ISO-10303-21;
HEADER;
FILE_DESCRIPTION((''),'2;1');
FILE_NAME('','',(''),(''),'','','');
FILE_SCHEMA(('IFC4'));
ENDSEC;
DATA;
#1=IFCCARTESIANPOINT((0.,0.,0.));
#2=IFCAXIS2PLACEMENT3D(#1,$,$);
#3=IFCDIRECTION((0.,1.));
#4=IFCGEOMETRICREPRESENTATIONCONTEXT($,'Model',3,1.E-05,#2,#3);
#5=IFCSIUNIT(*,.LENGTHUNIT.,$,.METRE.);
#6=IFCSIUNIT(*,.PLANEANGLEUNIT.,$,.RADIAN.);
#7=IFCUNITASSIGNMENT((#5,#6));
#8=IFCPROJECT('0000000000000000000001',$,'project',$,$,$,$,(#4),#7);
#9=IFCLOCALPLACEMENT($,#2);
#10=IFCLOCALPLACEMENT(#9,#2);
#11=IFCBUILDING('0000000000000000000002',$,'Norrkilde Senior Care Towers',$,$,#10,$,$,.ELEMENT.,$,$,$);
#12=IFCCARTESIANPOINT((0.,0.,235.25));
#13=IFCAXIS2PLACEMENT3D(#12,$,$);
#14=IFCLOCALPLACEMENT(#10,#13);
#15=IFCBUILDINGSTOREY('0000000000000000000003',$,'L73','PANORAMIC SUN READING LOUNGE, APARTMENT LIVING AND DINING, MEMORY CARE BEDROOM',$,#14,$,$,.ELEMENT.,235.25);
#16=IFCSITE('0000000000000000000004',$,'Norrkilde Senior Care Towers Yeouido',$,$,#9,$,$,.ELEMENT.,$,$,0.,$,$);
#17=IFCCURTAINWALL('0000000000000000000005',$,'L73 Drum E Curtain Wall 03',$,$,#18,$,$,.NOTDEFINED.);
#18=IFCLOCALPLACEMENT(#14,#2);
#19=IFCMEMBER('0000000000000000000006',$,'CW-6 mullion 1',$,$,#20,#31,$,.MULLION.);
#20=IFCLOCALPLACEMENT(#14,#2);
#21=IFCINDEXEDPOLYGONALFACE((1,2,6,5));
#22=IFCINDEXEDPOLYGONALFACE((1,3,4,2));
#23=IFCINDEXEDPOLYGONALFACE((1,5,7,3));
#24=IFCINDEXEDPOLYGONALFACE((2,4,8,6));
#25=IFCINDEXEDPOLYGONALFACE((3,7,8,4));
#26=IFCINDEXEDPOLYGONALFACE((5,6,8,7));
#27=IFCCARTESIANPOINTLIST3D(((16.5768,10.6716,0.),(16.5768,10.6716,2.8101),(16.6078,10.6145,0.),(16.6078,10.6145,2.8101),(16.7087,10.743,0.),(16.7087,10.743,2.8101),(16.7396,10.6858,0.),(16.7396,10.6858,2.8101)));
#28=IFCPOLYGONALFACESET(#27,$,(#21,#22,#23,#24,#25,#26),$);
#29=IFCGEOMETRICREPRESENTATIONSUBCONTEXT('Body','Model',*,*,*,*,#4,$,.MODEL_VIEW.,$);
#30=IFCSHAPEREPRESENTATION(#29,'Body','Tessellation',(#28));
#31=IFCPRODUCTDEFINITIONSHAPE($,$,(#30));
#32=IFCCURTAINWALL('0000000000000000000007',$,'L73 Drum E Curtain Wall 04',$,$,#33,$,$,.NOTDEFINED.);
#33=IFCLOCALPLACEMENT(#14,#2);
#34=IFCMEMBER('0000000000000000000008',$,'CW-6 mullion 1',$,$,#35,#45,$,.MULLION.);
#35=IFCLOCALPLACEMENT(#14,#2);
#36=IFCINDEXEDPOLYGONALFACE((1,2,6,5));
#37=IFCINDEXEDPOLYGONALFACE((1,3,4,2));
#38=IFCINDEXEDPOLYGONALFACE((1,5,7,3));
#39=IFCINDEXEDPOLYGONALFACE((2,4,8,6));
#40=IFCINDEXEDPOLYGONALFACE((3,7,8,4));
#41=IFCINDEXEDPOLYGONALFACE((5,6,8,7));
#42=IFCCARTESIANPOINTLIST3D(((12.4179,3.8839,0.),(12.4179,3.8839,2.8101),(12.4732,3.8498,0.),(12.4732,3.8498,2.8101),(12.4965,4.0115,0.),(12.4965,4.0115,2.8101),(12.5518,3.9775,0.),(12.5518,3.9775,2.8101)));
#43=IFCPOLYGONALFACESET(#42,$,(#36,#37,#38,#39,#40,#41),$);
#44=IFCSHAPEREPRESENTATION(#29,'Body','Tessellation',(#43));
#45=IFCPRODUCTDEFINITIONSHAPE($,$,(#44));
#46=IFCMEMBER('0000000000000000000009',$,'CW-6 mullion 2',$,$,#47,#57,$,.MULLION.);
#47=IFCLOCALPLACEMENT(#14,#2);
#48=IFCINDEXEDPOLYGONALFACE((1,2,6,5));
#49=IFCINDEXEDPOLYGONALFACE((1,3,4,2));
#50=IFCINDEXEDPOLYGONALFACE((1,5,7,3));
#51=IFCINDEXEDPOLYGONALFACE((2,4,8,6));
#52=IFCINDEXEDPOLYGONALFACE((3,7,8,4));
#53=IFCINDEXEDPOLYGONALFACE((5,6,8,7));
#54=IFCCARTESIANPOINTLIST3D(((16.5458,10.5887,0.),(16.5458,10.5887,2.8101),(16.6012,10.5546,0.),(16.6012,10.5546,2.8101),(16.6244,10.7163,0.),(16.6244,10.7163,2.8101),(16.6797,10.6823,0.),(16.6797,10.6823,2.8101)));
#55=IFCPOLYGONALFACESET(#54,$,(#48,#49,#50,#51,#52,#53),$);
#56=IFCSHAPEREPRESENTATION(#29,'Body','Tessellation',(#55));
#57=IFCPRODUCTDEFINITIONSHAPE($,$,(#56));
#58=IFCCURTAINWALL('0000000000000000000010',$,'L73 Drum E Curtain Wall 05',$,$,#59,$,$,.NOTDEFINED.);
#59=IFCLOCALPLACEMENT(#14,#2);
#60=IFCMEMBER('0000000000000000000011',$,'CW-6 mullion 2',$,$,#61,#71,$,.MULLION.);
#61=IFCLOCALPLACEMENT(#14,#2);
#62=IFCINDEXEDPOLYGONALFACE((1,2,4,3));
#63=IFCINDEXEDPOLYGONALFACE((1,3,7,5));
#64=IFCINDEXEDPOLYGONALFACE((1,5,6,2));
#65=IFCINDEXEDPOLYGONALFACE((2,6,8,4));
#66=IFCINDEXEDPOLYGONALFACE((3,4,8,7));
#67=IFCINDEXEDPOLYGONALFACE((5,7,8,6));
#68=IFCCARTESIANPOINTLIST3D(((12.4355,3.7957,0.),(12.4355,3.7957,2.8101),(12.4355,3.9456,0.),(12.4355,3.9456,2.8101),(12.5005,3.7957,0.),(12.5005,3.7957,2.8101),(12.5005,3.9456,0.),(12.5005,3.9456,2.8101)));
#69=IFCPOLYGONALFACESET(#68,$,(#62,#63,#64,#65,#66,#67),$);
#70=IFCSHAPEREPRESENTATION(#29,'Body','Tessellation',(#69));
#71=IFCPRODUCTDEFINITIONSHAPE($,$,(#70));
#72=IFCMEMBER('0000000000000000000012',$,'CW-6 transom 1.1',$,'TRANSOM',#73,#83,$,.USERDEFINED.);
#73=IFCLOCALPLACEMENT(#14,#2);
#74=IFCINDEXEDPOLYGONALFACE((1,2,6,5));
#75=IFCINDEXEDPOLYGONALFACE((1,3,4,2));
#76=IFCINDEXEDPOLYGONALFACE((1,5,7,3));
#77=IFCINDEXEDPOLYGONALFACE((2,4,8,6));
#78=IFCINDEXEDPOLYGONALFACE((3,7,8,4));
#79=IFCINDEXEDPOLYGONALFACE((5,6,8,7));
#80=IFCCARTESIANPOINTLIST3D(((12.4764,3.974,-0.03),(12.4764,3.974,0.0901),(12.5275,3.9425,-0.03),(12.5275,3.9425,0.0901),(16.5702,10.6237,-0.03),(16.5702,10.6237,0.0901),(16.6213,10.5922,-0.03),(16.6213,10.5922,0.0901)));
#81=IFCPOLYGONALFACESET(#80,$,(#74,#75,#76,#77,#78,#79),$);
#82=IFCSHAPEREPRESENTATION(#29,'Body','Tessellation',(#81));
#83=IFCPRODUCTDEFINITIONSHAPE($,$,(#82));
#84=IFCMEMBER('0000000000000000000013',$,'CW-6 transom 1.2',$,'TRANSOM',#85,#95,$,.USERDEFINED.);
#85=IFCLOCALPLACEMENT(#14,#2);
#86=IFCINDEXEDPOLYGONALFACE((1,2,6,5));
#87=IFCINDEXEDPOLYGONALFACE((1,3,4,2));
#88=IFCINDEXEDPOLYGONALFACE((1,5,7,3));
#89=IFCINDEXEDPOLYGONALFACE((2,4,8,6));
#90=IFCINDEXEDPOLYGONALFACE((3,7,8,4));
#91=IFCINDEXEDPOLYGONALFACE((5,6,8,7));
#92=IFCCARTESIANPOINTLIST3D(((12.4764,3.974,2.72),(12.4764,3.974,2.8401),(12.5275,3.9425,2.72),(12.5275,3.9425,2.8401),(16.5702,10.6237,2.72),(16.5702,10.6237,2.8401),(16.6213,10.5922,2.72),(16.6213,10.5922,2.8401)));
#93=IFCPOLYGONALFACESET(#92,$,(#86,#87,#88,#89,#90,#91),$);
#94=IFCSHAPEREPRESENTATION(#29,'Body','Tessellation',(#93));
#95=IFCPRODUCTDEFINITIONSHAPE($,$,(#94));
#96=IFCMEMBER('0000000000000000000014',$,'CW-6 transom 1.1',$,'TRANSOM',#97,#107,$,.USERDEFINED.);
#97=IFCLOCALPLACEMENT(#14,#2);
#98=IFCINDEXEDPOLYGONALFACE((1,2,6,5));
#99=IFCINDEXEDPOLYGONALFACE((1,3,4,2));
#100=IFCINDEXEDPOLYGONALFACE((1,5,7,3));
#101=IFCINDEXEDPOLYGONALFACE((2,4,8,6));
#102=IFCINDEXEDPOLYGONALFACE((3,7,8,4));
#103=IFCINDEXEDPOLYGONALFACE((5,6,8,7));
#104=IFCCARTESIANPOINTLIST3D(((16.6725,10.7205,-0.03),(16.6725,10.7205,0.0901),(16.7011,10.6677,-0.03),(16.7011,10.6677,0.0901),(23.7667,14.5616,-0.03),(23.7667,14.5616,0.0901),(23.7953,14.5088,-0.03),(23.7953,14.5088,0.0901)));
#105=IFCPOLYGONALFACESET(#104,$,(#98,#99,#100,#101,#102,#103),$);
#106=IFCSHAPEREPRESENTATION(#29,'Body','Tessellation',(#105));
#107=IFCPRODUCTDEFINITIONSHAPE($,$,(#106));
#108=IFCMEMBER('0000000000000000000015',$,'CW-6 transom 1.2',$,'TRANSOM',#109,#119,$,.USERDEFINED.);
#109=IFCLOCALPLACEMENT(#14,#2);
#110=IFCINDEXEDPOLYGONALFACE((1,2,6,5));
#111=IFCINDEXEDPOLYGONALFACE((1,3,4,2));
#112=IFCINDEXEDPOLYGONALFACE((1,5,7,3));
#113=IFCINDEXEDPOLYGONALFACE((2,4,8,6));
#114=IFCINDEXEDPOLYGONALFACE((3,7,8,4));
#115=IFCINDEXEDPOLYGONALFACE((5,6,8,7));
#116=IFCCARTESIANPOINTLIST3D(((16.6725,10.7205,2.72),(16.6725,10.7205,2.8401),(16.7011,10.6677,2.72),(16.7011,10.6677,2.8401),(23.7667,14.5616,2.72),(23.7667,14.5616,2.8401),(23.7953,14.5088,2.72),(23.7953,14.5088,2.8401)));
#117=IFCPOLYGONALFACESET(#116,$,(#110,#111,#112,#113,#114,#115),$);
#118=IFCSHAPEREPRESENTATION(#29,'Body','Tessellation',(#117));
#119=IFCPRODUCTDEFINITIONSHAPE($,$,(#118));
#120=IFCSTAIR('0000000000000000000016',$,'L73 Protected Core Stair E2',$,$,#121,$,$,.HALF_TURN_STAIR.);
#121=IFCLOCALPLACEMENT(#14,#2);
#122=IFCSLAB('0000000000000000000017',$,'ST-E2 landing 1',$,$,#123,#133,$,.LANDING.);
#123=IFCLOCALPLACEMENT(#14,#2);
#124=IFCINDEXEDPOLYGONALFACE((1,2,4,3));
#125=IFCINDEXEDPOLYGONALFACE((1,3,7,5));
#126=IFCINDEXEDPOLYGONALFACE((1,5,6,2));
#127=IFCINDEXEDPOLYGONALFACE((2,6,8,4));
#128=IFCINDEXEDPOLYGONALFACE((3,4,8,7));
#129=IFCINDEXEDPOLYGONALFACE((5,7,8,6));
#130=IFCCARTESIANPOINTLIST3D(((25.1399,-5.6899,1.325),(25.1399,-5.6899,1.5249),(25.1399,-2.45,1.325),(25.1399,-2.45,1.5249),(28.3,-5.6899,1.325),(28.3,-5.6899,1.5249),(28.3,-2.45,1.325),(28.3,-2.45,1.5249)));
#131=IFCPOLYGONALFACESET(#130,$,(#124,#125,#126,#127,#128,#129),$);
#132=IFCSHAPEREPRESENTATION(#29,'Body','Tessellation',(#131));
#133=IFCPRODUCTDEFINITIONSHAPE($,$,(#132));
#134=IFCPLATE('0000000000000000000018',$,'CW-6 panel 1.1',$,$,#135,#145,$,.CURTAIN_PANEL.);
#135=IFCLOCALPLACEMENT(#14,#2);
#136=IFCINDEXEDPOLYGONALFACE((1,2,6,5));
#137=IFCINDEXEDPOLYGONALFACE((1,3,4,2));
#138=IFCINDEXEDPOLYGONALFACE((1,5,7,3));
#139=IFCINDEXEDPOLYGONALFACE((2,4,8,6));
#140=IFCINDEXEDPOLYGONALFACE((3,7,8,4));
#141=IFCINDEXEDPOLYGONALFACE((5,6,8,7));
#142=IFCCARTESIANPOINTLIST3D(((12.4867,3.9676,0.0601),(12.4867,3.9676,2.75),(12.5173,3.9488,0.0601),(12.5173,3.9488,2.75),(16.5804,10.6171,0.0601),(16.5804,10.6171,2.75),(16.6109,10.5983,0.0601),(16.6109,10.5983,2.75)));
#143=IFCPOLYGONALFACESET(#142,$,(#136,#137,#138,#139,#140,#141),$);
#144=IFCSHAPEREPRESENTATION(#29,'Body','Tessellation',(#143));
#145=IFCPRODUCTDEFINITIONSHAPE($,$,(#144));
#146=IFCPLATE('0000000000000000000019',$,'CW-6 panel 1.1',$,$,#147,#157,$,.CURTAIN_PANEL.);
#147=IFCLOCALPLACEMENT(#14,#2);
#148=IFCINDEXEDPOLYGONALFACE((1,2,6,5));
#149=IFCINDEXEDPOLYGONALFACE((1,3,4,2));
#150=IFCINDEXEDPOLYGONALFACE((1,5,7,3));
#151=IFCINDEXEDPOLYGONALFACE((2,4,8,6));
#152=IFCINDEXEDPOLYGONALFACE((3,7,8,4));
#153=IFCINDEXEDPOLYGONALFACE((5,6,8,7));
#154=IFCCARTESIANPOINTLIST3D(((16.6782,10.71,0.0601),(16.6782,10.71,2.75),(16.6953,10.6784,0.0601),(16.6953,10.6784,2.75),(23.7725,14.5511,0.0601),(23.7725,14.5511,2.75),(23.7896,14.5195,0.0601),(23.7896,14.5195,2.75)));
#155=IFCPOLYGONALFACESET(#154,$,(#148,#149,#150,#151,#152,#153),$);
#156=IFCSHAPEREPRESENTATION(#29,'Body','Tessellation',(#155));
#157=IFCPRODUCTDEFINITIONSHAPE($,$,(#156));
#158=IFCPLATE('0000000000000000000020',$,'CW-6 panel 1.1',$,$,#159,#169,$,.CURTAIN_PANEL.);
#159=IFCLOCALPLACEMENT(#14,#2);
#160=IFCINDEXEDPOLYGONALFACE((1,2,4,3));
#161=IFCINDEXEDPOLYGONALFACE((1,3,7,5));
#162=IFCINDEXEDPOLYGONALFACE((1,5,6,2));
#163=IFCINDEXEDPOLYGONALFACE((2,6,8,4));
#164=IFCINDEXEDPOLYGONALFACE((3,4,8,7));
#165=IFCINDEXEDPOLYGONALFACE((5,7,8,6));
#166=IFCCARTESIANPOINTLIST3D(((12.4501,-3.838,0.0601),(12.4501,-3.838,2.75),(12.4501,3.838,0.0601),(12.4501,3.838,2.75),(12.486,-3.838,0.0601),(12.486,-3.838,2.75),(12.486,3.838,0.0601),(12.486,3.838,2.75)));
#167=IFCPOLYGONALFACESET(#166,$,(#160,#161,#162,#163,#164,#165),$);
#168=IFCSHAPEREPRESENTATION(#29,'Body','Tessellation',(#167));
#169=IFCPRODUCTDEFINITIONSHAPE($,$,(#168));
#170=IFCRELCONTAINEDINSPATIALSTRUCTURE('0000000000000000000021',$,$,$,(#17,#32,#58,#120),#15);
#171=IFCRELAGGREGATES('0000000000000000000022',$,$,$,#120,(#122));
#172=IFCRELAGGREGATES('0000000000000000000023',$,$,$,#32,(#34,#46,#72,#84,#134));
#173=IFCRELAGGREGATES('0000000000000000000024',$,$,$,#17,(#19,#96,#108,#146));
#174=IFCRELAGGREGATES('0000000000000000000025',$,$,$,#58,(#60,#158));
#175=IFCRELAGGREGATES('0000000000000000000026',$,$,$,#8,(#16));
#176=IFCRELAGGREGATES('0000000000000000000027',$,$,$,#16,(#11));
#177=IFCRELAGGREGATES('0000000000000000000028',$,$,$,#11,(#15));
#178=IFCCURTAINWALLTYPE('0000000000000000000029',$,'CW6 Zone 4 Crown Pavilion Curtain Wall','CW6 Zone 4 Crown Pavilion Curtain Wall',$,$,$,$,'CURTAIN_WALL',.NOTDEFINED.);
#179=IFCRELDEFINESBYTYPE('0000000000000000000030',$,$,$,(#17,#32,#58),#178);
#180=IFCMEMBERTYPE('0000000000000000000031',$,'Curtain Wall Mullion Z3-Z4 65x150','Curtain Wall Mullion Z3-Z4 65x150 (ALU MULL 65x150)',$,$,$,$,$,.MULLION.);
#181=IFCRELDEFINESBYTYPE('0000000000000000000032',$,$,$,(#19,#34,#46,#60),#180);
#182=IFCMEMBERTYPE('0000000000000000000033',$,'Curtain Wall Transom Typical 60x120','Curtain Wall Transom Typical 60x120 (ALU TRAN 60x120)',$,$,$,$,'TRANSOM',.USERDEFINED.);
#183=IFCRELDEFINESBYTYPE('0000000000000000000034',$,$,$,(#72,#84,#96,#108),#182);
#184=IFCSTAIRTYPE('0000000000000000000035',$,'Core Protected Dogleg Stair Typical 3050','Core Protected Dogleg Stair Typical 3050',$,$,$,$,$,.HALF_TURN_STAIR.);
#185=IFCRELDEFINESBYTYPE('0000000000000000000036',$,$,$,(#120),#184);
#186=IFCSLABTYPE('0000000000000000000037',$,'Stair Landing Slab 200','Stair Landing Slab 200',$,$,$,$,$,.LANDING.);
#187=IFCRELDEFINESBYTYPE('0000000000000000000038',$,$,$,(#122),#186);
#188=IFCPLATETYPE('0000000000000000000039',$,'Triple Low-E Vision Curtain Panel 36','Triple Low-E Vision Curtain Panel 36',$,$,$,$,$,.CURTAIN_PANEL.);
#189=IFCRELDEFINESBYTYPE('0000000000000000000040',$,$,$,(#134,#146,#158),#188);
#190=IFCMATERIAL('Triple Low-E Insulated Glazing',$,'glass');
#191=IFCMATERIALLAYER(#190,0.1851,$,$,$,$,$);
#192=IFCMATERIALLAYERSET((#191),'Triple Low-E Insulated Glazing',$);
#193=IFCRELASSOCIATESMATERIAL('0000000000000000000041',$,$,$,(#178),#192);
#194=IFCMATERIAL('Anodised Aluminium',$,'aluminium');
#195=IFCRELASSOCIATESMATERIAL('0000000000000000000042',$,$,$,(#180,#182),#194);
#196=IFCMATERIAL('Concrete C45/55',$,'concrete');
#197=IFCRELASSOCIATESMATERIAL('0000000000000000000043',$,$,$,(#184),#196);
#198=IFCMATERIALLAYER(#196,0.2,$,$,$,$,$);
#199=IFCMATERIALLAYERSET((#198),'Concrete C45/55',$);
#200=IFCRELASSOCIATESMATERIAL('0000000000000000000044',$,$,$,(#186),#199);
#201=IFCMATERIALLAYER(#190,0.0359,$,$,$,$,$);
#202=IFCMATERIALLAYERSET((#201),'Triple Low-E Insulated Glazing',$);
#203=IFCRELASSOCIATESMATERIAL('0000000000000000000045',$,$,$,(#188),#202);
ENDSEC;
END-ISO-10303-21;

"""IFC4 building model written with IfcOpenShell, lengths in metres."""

from ifc_helpers import new_model, si_unit, direction, frame, origin, origin_2d, place, context, subcontext, project, spatial, polyline, rectangle, outline, extrude, source, transform, mapped, material, layer, layer_set, material_profile, profile_set, type_object, type_shapes, element, aggregate, save


model = new_model("IFC4")

# Units and contexts
model_context = context("Model", 3, precision=1e-05, world=origin(), true_north=direction((0.0, 1.0)))
body_context = subcontext(model_context, "Body", "Model", "MODEL_VIEW")
ifc_project = project(units=[si_unit("LENGTHUNIT", "METRE"), si_unit("PLANEANGLEUNIT", "RADIAN")], contexts=[model_context])

# Site, building, storey
site_placement = place(None, origin())
site = spatial("IfcSite", under=ifc_project, at=site_placement, Name="Norrkilde Senior Care Towers Yeouido", CompositionType="ELEMENT", RefElevation=0.0)
building_placement = place(site_placement, origin())
building = spatial("IfcBuilding", under=site, at=building_placement, Name="Norrkilde Senior Care Towers", CompositionType="ELEMENT")
storey_placement = place(building_placement, frame((0.0, 0.0, 235.25)))
storey = spatial("IfcBuildingStorey", under=building, at=storey_placement, Name="L73", Description="PANORAMIC SUN READING LOUNGE, APARTMENT LIVING AND DINING, MEMORY CARE BEDROOM", CompositionType="ELEMENT", Elevation=235.25)

# Curtain wall, member
ifc_material_1 = material(Name="Triple Low-E Insulated Glazing", Category="glass")
ifc_layer_1 = layer(ifc_material_1, 0.1851)
ifc_layer_set_1 = layer_set([ifc_layer_1], Name="Triple Low-E Insulated Glazing")
curtain_wall_type = type_object("IfcCurtainWallType", Name="CW6 Zone 4 Crown Pavilion Curtain Wall", Description="CW6 Zone 4 Crown Pavilion Curtain Wall", ElementType="CURTAIN_WALL", PredefinedType="NOTDEFINED", material=ifc_layer_set_1)
curtain_wall_1_placement = place(storey_placement, origin())
curtain_wall_1 = element("IfcCurtainWall", 1, at=curtain_wall_1_placement, inside=storey, type_object=curtain_wall_type, Name="L73 Drum E Curtain Wall 03", PredefinedType="NOTDEFINED")
ifc_material_2 = material(Name="Anodised Aluminium", Category="aluminium")
ifc_material_profile_1 = material_profile(ifc_material_2, rectangle(XDim=0.0649, YDim=0.1499, at=origin_2d()), Name="ALU MULL 65x150")
ifc_profile_set_1 = profile_set([ifc_material_profile_1], Name="Anodised Aluminium")
member_type_1 = type_object("IfcMemberType", Name="Curtain Wall Mullion Z3-Z4 65x150", Description="Curtain Wall Mullion Z3-Z4 65x150 (ALU MULL 65x150)", PredefinedType="MULLION", material=ifc_profile_set_1)
shared_shape_1 = source(origin(), body_context, "Body", "SweptSolid", [
    extrude(rectangle(XDim=0.0649, YDim=0.1499, at=origin_2d()), origin(), (0.0, 0.0, 1.0), 2.8101),
])
type_shapes(member_type_1, [shared_shape_1])
member_1_placement = place(storey_placement, frame((16.6582, 10.6787, 0.0), z_axis=(0.0, 0.0, 1.0), x_axis=(-0.476133, 0.879373, 0.0)))
member_1 = element("IfcMember", 2, at=member_1_placement, type_object=member_type_1, Name="CW-6 mullion 1", PredefinedType="MULLION", context=body_context, shape_type="MappedRepresentation", body=[
    mapped(shared_shape_1, transform((0.0, 0.0, 0.0), x_axis=(1.0, 0.0, 0.0), y_axis=(0.0, 1.0, 0.0), z_axis=(0.0, 0.0, 1.0), scale=1.0)),
])

# Curtain wall, members
curtain_wall_2_placement = place(storey_placement, origin())
curtain_wall_2 = element("IfcCurtainWall", 3, at=curtain_wall_2_placement, inside=storey, type_object=curtain_wall_type, Name="L73 Drum E Curtain Wall 04", PredefinedType="NOTDEFINED")
member_2_placement = place(storey_placement, frame((12.4849, 3.9307, 0.0), z_axis=(0.0, 0.0, 1.0), x_axis=(-0.851563, 0.524253, 0.0)))
member_2 = element("IfcMember", 4, at=member_2_placement, type_object=member_type_1, Name="CW-6 mullion 1", PredefinedType="MULLION", context=body_context, shape_type="MappedRepresentation", body=[
    mapped(shared_shape_1, transform((0.0, 0.0, 0.0), x_axis=(1.0, 0.0, 0.0), y_axis=(0.0, 1.0, 0.0), z_axis=(0.0, 0.0, 1.0), scale=1.0)),
])
member_3_placement = place(storey_placement, frame((16.6128, 10.6355, 0.0), z_axis=(0.0, 0.0, 1.0), x_axis=(-0.851563, 0.524253, 0.0)))
member_3 = element("IfcMember", 5, at=member_3_placement, type_object=member_type_1, Name="CW-6 mullion 2", PredefinedType="MULLION", context=body_context, shape_type="MappedRepresentation", body=[
    mapped(shared_shape_1, transform((0.0, 0.0, 0.0), x_axis=(1.0, 0.0, 0.0), y_axis=(0.0, 1.0, 0.0), z_axis=(0.0, 0.0, 1.0), scale=1.0)),
])

# Curtain wall, member
curtain_wall_3_placement = place(storey_placement, origin())
curtain_wall_3 = element("IfcCurtainWall", 6, at=curtain_wall_3_placement, inside=storey, type_object=curtain_wall_type, Name="L73 Drum E Curtain Wall 05", PredefinedType="NOTDEFINED")
member_4_placement = place(storey_placement, frame((12.468, 3.8706, 0.0), z_axis=(0.0, 0.0, 1.0), x_axis=(-1.0, 0.0, 0.0)))
member_4 = element("IfcMember", 7, at=member_4_placement, type_object=member_type_1, Name="CW-6 mullion 2", PredefinedType="MULLION", context=body_context, shape_type="MappedRepresentation", body=[
    mapped(shared_shape_1, transform((0.0, 0.0, 0.0), x_axis=(1.0, 0.0, 0.0), y_axis=(0.0, 1.0, 0.0), z_axis=(0.0, 0.0, 1.0), scale=1.0)),
])

# Members
ifc_material_profile_2 = material_profile(ifc_material_2, rectangle(XDim=0.0601, YDim=0.1201, at=origin_2d()), Name="ALU TRAN 60x120")
ifc_profile_set_2 = profile_set([ifc_material_profile_2], Name="Anodised Aluminium")
member_type_2 = type_object("IfcMemberType", Name="Curtain Wall Transom Typical 60x120", Description="Curtain Wall Transom Typical 60x120 (ALU TRAN 60x120)", ElementType="TRANSOM", PredefinedType="USERDEFINED", material=ifc_profile_set_2)
shared_shape_2 = source(origin(), body_context, "Body", "SweptSolid", [
    extrude(rectangle(XDim=0.0601, YDim=0.1201, at=origin_2d()), origin(), (0.0, 0.0, 1.0), 7.8088),
])
member_5_placement = place(storey_placement, frame((12.502, 3.9583, 0.03), z_axis=(0.524251, 0.851564, 0.0), x_axis=(-0.851564, 0.524251, 0.0)))
member_5 = element("IfcMember", 8, at=member_5_placement, type_object=member_type_2, Name="CW-6 transom 1.1", ObjectType="TRANSOM", PredefinedType="USERDEFINED", context=body_context, shape_type="MappedRepresentation", body=[
    mapped(shared_shape_2, transform((0.0, 0.0, 0.0), x_axis=(1.0, 0.0, 0.0), y_axis=(0.0, 1.0, 0.0), z_axis=(0.0, 0.0, 1.0), scale=1.0)),
])
member_6_placement = place(storey_placement, frame((12.502, 3.9583, 2.78), z_axis=(0.524251, 0.851564, 0.0), x_axis=(-0.851564, 0.524251, 0.0)))
member_6 = element("IfcMember", 9, at=member_6_placement, type_object=member_type_2, Name="CW-6 transom 1.2", ObjectType="TRANSOM", PredefinedType="USERDEFINED", context=body_context, shape_type="MappedRepresentation", body=[
    mapped(shared_shape_2, transform((0.0, 0.0, 0.0), x_axis=(1.0, 0.0, 0.0), y_axis=(0.0, 1.0, 0.0), z_axis=(0.0, 0.0, 1.0), scale=1.0)),
])
shared_shape_3 = source(origin(), body_context, "Body", "SweptSolid", [
    extrude(rectangle(XDim=0.0601, YDim=0.1201, at=origin_2d()), origin(), (0.0, 0.0, 1.0), 8.0674),
])
type_shapes(member_type_2, [shared_shape_2, shared_shape_3])
member_7_placement = place(storey_placement, frame((16.6868, 10.6941, 0.03), z_axis=(0.879378, 0.476125, 0.0), x_axis=(-0.476125, 0.879378, 0.0)))
member_7 = element("IfcMember", 10, at=member_7_placement, type_object=member_type_2, Name="CW-6 transom 1.1", ObjectType="TRANSOM", PredefinedType="USERDEFINED", context=body_context, shape_type="MappedRepresentation", body=[
    mapped(shared_shape_3, transform((0.0, 0.0, 0.0), x_axis=(1.0, 0.0, 0.0), y_axis=(0.0, 1.0, 0.0), z_axis=(0.0, 0.0, 1.0), scale=1.0)),
])
member_8_placement = place(storey_placement, frame((16.6868, 10.6941, 2.78), z_axis=(0.879378, 0.476125, 0.0), x_axis=(-0.476125, 0.879378, 0.0)))
member_8 = element("IfcMember", 11, at=member_8_placement, type_object=member_type_2, Name="CW-6 transom 1.2", ObjectType="TRANSOM", PredefinedType="USERDEFINED", context=body_context, shape_type="MappedRepresentation", body=[
    mapped(shared_shape_3, transform((0.0, 0.0, 0.0), x_axis=(1.0, 0.0, 0.0), y_axis=(0.0, 1.0, 0.0), z_axis=(0.0, 0.0, 1.0), scale=1.0)),
])

# Stair, slab
ifc_material_3 = material(Name="Concrete C45/55", Category="concrete")
stair_type = type_object("IfcStairType", Name="Core Protected Dogleg Stair Typical 3050", Description="Core Protected Dogleg Stair Typical 3050", PredefinedType="HALF_TURN_STAIR", material=ifc_material_3)
stair_placement = place(storey_placement, origin())
stair = element("IfcStair", 12, at=stair_placement, inside=storey, type_object=stair_type, Name="L73 Protected Core Stair E2", PredefinedType="HALF_TURN_STAIR")
ifc_layer_2 = layer(ifc_material_3, 0.2)
ifc_layer_set_2 = layer_set([ifc_layer_2], Name="Concrete C45/55")
slab_type = type_object("IfcSlabType", Name="Stair Landing Slab 200", Description="Stair Landing Slab 200", PredefinedType="LANDING", material=ifc_layer_set_2)
slab_placement = place(storey_placement, frame((0.0, 0.0, 1.325)))
slab = element("IfcSlab", 13, at=slab_placement, type_object=slab_type, Name="ST-E2 landing 1", PredefinedType="LANDING", context=body_context, shape_type="SweptSolid", body=[
    extrude(outline(polyline([(25.1399, -5.6899), (28.3, -5.6899), (28.3, -2.45), (25.1399, -2.45), (25.1399, -5.6899)])), origin(), (0.0, 0.0, 1.0), 0.2),
])
aggregate(stair, [slab])

# Plates
ifc_layer_3 = layer(ifc_material_1, 0.0359)
ifc_layer_set_3 = layer_set([ifc_layer_3], Name="Triple Low-E Insulated Glazing")
plate_type = type_object("IfcPlateType", Name="Triple Low-E Vision Curtain Panel 36", Description="Triple Low-E Vision Curtain Panel 36", PredefinedType="CURTAIN_PANEL", material=ifc_layer_set_3)
shared_shape_4 = source(origin(), body_context, "Body", "SweptSolid", [
    extrude(rectangle(XDim=7.8086, YDim=0.0359, at=origin_2d()), origin(), (0.0, 0.0, 1.0), 2.6899),
])
plate_1_placement = place(storey_placement, frame((14.5488, 7.283, 0.0601), z_axis=(0.0, 0.0, 1.0), x_axis=(0.524253, 0.851563, 0.0)))
plate_1 = element("IfcPlate", 14, at=plate_1_placement, type_object=plate_type, Name="CW-6 panel 1.1", PredefinedType="CURTAIN_PANEL", context=body_context, shape_type="MappedRepresentation", body=[
    mapped(shared_shape_4, transform((0.0, 0.0, 0.0), x_axis=(1.0, 0.0, 0.0), y_axis=(0.0, 1.0, 0.0), z_axis=(0.0, 0.0, 1.0), scale=1.0)),
])
aggregate(curtain_wall_2, [member_2, member_3, member_5, member_6, plate_1])
shared_shape_5 = source(origin(), body_context, "Body", "SweptSolid", [
    extrude(rectangle(XDim=8.0674, YDim=0.0359, at=origin_2d()), origin(), (0.0, 0.0, 1.0), 2.6899),
])
plate_2_placement = place(storey_placement, frame((20.2339, 12.6147, 0.0601), z_axis=(0.0, 0.0, 1.0), x_axis=(0.879373, 0.476133, 0.0)))
plate_2 = element("IfcPlate", 15, at=plate_2_placement, type_object=plate_type, Name="CW-6 panel 1.1", PredefinedType="CURTAIN_PANEL", context=body_context, shape_type="MappedRepresentation", body=[
    mapped(shared_shape_5, transform((0.0, 0.0, 0.0), x_axis=(1.0, 0.0, 0.0), y_axis=(0.0, 1.0, 0.0), z_axis=(0.0, 0.0, 1.0), scale=1.0)),
])
aggregate(curtain_wall_1, [member_1, member_7, member_8, plate_2])
shared_shape_6 = source(origin(), body_context, "Body", "SweptSolid", [
    extrude(rectangle(XDim=7.676, YDim=0.0359, at=origin_2d()), origin(), (0.0, 0.0, 1.0), 2.6899),
])
type_shapes(plate_type, [shared_shape_4, shared_shape_5, shared_shape_6])
plate_3_placement = place(storey_placement, frame((12.468, 0.0, 0.0601), z_axis=(0.0, 0.0, 1.0), x_axis=(0.0, 1.0, 0.0)))
plate_3 = element("IfcPlate", 16, at=plate_3_placement, type_object=plate_type, Name="CW-6 panel 1.1", PredefinedType="CURTAIN_PANEL", context=body_context, shape_type="MappedRepresentation", body=[
    mapped(shared_shape_6, transform((0.0, 0.0, 0.0), x_axis=(1.0, 0.0, 0.0), y_axis=(0.0, 1.0, 0.0), z_axis=(0.0, 0.0, 1.0), scale=1.0)),
])
aggregate(curtain_wall_3, [member_4, plate_3])

save(model, "model.ifc")
